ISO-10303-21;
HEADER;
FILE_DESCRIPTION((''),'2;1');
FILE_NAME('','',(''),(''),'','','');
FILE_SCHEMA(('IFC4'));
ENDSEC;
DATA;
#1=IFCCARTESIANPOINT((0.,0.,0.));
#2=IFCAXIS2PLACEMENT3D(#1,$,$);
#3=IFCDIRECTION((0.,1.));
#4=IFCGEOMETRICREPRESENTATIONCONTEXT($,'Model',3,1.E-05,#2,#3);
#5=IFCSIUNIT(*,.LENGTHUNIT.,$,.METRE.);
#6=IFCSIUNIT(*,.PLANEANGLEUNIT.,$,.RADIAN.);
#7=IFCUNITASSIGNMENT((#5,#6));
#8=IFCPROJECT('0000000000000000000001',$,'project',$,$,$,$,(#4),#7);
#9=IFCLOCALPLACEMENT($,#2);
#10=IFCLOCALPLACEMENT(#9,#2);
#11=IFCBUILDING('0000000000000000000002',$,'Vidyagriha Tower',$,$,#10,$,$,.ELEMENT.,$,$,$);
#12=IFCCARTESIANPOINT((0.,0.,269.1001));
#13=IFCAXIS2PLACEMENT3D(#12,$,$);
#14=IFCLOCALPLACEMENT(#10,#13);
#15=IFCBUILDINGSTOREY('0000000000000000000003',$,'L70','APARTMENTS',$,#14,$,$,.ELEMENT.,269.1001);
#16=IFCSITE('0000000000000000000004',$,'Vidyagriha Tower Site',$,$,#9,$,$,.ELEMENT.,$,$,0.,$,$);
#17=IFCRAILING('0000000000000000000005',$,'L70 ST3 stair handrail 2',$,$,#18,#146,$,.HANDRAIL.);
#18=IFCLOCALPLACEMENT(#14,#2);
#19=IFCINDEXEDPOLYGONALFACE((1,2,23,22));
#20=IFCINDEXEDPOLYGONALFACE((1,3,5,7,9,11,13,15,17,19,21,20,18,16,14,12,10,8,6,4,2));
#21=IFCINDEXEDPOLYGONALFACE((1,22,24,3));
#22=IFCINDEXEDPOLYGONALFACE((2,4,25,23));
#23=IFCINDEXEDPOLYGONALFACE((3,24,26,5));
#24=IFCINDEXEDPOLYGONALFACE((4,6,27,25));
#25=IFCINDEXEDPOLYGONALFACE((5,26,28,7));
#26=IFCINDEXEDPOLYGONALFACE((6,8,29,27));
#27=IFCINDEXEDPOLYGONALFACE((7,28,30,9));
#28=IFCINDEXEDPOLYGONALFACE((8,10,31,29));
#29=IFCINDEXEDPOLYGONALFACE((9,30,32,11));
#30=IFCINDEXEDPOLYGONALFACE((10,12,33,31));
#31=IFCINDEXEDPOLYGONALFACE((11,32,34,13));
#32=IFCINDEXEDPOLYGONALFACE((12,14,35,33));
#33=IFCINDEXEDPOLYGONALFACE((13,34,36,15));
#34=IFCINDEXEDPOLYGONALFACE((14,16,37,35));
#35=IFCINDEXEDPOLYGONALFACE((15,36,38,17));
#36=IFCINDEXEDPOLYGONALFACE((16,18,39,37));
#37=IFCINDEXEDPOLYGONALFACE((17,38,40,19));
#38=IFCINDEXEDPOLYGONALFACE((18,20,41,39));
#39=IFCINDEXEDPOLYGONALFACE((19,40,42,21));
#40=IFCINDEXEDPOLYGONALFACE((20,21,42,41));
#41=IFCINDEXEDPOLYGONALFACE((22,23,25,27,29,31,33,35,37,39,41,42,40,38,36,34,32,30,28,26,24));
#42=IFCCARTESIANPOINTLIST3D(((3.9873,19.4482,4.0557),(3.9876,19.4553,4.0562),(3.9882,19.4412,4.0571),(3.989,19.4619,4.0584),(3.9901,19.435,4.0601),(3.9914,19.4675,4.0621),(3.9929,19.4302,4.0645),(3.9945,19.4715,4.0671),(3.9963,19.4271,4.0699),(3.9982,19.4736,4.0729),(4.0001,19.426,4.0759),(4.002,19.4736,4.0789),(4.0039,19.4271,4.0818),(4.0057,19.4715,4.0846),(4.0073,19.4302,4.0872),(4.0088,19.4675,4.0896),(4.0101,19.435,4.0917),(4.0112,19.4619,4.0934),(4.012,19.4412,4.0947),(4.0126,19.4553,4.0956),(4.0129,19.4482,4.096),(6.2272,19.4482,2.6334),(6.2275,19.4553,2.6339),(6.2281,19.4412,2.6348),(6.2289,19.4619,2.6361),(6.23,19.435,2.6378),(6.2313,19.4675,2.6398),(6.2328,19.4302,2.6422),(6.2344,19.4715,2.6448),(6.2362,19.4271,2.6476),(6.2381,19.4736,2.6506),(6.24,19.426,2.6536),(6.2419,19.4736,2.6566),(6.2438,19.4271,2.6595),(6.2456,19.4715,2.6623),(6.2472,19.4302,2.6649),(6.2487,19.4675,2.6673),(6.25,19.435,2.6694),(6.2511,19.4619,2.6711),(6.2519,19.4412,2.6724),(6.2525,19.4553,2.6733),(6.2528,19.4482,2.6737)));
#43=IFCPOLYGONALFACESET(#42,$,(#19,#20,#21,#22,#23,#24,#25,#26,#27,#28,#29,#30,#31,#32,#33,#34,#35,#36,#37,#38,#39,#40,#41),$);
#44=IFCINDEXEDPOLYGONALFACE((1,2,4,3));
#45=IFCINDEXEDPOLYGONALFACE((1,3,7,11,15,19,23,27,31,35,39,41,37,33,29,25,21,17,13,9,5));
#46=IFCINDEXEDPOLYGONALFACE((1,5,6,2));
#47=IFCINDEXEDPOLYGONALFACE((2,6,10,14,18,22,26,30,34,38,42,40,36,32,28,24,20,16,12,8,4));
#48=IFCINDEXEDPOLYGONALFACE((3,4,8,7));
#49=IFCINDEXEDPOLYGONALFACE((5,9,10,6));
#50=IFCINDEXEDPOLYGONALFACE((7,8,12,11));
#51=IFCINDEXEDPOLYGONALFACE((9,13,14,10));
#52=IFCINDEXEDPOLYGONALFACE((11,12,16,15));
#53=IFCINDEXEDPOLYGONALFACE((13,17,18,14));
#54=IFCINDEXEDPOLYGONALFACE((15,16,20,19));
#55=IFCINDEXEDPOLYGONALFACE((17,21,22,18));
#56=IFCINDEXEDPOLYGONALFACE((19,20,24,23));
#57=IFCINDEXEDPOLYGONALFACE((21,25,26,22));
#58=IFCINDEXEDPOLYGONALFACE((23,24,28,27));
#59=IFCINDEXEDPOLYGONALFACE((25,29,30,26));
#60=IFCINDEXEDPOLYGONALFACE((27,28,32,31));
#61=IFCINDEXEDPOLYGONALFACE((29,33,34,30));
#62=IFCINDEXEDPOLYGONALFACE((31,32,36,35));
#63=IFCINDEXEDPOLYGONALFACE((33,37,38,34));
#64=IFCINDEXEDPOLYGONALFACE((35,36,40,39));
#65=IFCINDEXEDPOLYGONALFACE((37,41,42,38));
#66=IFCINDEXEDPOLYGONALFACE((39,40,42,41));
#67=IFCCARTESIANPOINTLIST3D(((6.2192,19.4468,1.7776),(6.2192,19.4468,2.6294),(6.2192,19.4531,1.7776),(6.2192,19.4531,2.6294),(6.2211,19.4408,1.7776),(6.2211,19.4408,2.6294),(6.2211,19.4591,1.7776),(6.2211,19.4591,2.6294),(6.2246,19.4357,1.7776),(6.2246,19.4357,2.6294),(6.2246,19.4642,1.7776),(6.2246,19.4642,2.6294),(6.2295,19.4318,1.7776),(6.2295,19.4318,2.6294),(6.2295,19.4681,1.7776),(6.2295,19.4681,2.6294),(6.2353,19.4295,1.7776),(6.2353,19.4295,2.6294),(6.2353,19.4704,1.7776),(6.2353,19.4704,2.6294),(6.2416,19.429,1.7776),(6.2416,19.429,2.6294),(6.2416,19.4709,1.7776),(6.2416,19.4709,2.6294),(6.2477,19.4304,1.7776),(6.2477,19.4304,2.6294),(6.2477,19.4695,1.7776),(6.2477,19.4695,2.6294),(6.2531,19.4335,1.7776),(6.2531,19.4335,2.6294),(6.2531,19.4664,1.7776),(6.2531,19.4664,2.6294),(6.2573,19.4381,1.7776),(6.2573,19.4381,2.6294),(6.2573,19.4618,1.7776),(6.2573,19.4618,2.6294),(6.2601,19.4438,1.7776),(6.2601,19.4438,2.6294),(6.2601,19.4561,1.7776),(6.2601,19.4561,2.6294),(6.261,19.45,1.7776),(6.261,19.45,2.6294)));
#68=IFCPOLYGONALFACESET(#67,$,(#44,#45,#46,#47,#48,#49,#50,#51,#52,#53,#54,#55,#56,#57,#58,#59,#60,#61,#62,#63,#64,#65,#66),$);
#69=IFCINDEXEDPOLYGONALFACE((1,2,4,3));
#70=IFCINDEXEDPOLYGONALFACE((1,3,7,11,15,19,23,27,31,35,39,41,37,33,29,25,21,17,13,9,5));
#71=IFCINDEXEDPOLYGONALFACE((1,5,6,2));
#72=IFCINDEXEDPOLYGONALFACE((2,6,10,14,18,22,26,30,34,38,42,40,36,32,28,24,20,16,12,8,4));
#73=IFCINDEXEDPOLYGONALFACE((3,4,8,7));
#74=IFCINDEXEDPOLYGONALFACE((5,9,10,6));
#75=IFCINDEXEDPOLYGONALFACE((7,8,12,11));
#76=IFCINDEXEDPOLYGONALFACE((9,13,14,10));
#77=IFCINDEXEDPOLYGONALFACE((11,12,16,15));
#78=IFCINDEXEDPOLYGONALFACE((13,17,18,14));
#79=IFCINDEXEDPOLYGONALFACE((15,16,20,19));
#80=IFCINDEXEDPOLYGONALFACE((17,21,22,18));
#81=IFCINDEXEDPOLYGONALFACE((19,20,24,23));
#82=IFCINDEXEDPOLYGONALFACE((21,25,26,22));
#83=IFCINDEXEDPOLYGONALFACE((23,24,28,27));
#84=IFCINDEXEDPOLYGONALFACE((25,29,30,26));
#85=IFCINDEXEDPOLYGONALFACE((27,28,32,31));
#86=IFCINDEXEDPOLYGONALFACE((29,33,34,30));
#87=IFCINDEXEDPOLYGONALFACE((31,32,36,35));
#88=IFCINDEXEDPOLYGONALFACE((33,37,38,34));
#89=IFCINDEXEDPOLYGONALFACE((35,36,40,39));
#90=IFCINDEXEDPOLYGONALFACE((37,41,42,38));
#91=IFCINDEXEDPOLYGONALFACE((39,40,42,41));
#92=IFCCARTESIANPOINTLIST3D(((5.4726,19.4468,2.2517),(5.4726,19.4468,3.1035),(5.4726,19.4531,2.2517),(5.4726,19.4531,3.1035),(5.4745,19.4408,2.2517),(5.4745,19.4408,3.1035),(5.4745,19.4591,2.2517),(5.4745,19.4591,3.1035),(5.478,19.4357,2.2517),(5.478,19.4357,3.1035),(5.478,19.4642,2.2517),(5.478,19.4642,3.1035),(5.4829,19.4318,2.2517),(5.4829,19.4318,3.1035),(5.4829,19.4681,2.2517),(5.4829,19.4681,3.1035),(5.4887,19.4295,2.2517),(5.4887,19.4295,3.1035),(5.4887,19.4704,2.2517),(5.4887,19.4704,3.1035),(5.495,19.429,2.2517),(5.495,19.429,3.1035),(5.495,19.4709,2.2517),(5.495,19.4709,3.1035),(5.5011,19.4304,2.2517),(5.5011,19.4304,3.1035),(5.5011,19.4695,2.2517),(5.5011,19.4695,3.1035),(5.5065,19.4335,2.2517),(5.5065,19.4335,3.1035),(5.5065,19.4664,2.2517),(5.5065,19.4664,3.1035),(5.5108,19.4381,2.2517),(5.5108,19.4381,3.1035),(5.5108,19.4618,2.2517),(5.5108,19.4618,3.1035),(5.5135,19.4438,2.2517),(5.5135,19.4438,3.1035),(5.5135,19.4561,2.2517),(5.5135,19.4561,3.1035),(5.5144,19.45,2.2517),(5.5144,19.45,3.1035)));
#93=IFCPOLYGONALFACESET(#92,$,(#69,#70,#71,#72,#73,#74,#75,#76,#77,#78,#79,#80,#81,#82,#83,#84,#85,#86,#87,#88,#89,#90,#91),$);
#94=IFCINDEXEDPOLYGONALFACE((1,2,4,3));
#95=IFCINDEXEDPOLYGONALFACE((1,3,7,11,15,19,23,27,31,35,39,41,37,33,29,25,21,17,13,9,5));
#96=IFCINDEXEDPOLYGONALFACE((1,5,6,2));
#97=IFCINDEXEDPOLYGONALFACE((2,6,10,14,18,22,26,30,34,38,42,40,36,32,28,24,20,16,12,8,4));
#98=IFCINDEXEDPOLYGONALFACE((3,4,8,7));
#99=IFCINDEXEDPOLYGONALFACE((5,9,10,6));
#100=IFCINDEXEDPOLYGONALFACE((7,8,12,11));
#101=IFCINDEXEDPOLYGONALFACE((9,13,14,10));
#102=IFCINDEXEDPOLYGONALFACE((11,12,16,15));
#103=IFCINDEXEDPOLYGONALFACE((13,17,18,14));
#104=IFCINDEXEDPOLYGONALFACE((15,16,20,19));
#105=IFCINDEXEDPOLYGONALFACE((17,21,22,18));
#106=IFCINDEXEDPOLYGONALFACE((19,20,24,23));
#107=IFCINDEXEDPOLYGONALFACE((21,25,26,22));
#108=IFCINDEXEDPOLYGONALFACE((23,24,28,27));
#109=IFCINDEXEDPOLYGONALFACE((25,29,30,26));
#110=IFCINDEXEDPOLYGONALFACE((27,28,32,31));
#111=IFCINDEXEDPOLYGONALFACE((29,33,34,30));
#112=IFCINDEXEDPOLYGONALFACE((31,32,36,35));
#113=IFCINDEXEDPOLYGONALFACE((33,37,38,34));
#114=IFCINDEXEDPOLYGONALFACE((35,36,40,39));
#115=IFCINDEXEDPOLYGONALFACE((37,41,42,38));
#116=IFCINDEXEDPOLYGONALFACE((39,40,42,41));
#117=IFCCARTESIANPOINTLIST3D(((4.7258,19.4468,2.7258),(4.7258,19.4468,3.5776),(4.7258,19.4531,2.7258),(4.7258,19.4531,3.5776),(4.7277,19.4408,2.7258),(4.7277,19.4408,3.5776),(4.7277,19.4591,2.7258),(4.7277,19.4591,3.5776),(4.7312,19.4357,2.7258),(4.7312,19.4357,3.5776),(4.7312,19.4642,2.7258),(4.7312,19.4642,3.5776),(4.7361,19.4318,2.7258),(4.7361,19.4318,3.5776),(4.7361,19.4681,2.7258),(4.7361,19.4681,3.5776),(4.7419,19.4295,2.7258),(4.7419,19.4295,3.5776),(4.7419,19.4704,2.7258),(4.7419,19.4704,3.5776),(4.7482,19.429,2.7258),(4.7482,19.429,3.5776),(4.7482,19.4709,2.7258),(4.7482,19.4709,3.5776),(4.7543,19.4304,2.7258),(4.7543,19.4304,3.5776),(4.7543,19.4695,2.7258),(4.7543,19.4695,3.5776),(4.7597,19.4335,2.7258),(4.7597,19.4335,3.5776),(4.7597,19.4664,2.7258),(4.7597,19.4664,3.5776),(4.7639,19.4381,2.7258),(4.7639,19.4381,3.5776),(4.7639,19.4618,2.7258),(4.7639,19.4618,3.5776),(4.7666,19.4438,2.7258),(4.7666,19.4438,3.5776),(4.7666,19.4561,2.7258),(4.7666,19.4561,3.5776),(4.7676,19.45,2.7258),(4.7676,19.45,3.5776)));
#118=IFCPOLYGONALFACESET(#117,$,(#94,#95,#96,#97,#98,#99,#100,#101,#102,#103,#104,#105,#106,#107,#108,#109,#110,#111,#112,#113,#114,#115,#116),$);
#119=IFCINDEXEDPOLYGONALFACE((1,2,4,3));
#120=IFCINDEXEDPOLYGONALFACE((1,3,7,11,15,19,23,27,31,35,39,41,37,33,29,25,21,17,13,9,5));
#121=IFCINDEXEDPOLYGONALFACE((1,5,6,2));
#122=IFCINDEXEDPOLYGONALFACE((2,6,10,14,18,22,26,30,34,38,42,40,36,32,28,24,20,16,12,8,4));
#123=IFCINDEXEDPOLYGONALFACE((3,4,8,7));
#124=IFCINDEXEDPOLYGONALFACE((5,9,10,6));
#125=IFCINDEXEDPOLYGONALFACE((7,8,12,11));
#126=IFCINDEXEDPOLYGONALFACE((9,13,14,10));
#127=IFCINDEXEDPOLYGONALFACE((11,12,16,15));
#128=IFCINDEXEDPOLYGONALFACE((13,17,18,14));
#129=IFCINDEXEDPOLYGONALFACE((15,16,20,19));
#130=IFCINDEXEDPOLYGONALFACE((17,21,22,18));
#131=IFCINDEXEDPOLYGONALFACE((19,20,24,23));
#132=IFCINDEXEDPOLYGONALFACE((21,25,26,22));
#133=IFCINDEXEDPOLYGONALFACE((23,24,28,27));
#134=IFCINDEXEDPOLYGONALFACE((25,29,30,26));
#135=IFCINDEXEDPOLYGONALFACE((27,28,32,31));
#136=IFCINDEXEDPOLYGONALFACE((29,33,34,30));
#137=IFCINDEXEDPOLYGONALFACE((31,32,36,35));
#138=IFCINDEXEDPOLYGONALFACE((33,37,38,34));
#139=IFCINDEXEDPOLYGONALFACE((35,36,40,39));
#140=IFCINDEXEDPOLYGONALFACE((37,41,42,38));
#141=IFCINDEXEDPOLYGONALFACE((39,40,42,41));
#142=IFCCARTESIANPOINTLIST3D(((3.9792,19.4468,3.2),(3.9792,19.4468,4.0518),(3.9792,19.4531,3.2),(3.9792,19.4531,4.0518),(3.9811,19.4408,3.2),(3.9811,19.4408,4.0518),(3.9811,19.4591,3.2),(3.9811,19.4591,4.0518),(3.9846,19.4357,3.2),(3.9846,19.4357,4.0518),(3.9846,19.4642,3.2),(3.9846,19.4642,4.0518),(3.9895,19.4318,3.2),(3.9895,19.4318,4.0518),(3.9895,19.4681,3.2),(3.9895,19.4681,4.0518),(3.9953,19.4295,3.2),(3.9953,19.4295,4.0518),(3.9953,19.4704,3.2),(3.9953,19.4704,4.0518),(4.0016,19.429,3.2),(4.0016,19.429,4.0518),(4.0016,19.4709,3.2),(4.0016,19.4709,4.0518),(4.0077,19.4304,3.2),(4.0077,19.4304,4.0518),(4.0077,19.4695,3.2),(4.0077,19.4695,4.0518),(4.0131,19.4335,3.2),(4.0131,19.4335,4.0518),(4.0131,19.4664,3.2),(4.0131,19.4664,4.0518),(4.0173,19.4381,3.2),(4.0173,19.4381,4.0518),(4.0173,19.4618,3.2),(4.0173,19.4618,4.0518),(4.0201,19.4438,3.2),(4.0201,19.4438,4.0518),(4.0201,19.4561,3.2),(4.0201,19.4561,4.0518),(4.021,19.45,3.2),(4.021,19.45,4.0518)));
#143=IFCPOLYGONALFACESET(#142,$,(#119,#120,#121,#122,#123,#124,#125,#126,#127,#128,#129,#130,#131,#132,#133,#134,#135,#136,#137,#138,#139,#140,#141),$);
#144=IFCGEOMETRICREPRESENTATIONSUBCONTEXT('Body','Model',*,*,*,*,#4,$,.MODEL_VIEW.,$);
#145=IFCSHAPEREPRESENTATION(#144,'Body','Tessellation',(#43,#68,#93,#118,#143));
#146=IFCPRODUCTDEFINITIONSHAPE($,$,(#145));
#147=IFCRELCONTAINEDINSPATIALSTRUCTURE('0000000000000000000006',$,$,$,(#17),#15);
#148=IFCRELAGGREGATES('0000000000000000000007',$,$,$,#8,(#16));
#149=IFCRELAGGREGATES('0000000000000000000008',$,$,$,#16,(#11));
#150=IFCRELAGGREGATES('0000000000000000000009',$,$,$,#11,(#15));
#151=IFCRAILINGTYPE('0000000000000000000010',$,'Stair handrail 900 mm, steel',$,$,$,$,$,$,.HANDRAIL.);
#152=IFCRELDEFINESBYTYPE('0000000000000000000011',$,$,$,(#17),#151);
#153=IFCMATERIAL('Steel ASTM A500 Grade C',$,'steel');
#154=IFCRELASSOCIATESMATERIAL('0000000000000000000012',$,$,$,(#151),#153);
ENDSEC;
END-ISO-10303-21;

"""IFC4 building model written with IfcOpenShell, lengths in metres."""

from ifc_helpers import new_model, si_unit, direction, frame, origin, origin_2d, place, context, subcontext, project, spatial, circle, extrude, material, type_object, element, save


model = new_model("IFC4")

# Units and contexts
model_context = context("Model", 3, precision=1e-05, world=origin(), true_north=direction((0.0, 1.0)))
body_context = subcontext(model_context, "Body", "Model", "MODEL_VIEW")
ifc_project = project(units=[si_unit("LENGTHUNIT", "METRE"), si_unit("PLANEANGLEUNIT", "RADIAN")], contexts=[model_context])

# Site, building, storey
site_placement = place(None, origin())
site = spatial("IfcSite", under=ifc_project, at=site_placement, Name="Vidyagriha Tower Site", CompositionType="ELEMENT", RefElevation=0.0)
building_placement = place(site_placement, origin())
building = spatial("IfcBuilding", under=site, at=building_placement, Name="Vidyagriha Tower", CompositionType="ELEMENT")
storey_placement = place(building_placement, frame((0.0, 0.0, 269.1001)))
storey = spatial("IfcBuildingStorey", under=building, at=storey_placement, Name="L70", Description="APARTMENTS", CompositionType="ELEMENT", Elevation=269.1001)

# Railing
ifc_material_1 = material(Name="Steel ASTM A500 Grade C", Category="steel")
railing_type_1 = type_object("IfcRailingType", Name="Stair handrail 900 mm, steel", PredefinedType="HANDRAIL", material=ifc_material_1)
railing_1_placement = place(storey_placement, frame((6.24, 19.45, 1.7776)))
element("IfcRailing", 1, at=railing_1_placement, inside=storey, type_object=railing_type_1, Name="L70 ST3 stair handrail 2", PredefinedType="HANDRAIL", context=body_context, shape_type="SweptSolid", body=[
    extrude(circle(Radius=0.0239, at=origin_2d()), frame((0.0, 0.0, 0.876), z_axis=(-0.844188, 0.0, 0.536048), x_axis=(0.0, -1.0, 0.0)), (0.0, 0.0, 1.0), 2.6533),
    extrude(circle(Radius=0.021, at=origin_2d()), origin(), (0.0, 0.0, 1.0), 0.8518),
    extrude(circle(Radius=0.021, at=origin_2d()), frame((-0.7466, 0.0, 0.4741)), (0.0, 0.0, 1.0), 0.8518),
    extrude(circle(Radius=0.021, at=origin_2d()), frame((-1.4934, 0.0, 0.9482)), (0.0, 0.0, 1.0), 0.8518),
    extrude(circle(Radius=0.021, at=origin_2d()), frame((-2.24, 0.0, 1.4224)), (0.0, 0.0, 1.0), 0.8518),
])

save(model, "model.ifc")
